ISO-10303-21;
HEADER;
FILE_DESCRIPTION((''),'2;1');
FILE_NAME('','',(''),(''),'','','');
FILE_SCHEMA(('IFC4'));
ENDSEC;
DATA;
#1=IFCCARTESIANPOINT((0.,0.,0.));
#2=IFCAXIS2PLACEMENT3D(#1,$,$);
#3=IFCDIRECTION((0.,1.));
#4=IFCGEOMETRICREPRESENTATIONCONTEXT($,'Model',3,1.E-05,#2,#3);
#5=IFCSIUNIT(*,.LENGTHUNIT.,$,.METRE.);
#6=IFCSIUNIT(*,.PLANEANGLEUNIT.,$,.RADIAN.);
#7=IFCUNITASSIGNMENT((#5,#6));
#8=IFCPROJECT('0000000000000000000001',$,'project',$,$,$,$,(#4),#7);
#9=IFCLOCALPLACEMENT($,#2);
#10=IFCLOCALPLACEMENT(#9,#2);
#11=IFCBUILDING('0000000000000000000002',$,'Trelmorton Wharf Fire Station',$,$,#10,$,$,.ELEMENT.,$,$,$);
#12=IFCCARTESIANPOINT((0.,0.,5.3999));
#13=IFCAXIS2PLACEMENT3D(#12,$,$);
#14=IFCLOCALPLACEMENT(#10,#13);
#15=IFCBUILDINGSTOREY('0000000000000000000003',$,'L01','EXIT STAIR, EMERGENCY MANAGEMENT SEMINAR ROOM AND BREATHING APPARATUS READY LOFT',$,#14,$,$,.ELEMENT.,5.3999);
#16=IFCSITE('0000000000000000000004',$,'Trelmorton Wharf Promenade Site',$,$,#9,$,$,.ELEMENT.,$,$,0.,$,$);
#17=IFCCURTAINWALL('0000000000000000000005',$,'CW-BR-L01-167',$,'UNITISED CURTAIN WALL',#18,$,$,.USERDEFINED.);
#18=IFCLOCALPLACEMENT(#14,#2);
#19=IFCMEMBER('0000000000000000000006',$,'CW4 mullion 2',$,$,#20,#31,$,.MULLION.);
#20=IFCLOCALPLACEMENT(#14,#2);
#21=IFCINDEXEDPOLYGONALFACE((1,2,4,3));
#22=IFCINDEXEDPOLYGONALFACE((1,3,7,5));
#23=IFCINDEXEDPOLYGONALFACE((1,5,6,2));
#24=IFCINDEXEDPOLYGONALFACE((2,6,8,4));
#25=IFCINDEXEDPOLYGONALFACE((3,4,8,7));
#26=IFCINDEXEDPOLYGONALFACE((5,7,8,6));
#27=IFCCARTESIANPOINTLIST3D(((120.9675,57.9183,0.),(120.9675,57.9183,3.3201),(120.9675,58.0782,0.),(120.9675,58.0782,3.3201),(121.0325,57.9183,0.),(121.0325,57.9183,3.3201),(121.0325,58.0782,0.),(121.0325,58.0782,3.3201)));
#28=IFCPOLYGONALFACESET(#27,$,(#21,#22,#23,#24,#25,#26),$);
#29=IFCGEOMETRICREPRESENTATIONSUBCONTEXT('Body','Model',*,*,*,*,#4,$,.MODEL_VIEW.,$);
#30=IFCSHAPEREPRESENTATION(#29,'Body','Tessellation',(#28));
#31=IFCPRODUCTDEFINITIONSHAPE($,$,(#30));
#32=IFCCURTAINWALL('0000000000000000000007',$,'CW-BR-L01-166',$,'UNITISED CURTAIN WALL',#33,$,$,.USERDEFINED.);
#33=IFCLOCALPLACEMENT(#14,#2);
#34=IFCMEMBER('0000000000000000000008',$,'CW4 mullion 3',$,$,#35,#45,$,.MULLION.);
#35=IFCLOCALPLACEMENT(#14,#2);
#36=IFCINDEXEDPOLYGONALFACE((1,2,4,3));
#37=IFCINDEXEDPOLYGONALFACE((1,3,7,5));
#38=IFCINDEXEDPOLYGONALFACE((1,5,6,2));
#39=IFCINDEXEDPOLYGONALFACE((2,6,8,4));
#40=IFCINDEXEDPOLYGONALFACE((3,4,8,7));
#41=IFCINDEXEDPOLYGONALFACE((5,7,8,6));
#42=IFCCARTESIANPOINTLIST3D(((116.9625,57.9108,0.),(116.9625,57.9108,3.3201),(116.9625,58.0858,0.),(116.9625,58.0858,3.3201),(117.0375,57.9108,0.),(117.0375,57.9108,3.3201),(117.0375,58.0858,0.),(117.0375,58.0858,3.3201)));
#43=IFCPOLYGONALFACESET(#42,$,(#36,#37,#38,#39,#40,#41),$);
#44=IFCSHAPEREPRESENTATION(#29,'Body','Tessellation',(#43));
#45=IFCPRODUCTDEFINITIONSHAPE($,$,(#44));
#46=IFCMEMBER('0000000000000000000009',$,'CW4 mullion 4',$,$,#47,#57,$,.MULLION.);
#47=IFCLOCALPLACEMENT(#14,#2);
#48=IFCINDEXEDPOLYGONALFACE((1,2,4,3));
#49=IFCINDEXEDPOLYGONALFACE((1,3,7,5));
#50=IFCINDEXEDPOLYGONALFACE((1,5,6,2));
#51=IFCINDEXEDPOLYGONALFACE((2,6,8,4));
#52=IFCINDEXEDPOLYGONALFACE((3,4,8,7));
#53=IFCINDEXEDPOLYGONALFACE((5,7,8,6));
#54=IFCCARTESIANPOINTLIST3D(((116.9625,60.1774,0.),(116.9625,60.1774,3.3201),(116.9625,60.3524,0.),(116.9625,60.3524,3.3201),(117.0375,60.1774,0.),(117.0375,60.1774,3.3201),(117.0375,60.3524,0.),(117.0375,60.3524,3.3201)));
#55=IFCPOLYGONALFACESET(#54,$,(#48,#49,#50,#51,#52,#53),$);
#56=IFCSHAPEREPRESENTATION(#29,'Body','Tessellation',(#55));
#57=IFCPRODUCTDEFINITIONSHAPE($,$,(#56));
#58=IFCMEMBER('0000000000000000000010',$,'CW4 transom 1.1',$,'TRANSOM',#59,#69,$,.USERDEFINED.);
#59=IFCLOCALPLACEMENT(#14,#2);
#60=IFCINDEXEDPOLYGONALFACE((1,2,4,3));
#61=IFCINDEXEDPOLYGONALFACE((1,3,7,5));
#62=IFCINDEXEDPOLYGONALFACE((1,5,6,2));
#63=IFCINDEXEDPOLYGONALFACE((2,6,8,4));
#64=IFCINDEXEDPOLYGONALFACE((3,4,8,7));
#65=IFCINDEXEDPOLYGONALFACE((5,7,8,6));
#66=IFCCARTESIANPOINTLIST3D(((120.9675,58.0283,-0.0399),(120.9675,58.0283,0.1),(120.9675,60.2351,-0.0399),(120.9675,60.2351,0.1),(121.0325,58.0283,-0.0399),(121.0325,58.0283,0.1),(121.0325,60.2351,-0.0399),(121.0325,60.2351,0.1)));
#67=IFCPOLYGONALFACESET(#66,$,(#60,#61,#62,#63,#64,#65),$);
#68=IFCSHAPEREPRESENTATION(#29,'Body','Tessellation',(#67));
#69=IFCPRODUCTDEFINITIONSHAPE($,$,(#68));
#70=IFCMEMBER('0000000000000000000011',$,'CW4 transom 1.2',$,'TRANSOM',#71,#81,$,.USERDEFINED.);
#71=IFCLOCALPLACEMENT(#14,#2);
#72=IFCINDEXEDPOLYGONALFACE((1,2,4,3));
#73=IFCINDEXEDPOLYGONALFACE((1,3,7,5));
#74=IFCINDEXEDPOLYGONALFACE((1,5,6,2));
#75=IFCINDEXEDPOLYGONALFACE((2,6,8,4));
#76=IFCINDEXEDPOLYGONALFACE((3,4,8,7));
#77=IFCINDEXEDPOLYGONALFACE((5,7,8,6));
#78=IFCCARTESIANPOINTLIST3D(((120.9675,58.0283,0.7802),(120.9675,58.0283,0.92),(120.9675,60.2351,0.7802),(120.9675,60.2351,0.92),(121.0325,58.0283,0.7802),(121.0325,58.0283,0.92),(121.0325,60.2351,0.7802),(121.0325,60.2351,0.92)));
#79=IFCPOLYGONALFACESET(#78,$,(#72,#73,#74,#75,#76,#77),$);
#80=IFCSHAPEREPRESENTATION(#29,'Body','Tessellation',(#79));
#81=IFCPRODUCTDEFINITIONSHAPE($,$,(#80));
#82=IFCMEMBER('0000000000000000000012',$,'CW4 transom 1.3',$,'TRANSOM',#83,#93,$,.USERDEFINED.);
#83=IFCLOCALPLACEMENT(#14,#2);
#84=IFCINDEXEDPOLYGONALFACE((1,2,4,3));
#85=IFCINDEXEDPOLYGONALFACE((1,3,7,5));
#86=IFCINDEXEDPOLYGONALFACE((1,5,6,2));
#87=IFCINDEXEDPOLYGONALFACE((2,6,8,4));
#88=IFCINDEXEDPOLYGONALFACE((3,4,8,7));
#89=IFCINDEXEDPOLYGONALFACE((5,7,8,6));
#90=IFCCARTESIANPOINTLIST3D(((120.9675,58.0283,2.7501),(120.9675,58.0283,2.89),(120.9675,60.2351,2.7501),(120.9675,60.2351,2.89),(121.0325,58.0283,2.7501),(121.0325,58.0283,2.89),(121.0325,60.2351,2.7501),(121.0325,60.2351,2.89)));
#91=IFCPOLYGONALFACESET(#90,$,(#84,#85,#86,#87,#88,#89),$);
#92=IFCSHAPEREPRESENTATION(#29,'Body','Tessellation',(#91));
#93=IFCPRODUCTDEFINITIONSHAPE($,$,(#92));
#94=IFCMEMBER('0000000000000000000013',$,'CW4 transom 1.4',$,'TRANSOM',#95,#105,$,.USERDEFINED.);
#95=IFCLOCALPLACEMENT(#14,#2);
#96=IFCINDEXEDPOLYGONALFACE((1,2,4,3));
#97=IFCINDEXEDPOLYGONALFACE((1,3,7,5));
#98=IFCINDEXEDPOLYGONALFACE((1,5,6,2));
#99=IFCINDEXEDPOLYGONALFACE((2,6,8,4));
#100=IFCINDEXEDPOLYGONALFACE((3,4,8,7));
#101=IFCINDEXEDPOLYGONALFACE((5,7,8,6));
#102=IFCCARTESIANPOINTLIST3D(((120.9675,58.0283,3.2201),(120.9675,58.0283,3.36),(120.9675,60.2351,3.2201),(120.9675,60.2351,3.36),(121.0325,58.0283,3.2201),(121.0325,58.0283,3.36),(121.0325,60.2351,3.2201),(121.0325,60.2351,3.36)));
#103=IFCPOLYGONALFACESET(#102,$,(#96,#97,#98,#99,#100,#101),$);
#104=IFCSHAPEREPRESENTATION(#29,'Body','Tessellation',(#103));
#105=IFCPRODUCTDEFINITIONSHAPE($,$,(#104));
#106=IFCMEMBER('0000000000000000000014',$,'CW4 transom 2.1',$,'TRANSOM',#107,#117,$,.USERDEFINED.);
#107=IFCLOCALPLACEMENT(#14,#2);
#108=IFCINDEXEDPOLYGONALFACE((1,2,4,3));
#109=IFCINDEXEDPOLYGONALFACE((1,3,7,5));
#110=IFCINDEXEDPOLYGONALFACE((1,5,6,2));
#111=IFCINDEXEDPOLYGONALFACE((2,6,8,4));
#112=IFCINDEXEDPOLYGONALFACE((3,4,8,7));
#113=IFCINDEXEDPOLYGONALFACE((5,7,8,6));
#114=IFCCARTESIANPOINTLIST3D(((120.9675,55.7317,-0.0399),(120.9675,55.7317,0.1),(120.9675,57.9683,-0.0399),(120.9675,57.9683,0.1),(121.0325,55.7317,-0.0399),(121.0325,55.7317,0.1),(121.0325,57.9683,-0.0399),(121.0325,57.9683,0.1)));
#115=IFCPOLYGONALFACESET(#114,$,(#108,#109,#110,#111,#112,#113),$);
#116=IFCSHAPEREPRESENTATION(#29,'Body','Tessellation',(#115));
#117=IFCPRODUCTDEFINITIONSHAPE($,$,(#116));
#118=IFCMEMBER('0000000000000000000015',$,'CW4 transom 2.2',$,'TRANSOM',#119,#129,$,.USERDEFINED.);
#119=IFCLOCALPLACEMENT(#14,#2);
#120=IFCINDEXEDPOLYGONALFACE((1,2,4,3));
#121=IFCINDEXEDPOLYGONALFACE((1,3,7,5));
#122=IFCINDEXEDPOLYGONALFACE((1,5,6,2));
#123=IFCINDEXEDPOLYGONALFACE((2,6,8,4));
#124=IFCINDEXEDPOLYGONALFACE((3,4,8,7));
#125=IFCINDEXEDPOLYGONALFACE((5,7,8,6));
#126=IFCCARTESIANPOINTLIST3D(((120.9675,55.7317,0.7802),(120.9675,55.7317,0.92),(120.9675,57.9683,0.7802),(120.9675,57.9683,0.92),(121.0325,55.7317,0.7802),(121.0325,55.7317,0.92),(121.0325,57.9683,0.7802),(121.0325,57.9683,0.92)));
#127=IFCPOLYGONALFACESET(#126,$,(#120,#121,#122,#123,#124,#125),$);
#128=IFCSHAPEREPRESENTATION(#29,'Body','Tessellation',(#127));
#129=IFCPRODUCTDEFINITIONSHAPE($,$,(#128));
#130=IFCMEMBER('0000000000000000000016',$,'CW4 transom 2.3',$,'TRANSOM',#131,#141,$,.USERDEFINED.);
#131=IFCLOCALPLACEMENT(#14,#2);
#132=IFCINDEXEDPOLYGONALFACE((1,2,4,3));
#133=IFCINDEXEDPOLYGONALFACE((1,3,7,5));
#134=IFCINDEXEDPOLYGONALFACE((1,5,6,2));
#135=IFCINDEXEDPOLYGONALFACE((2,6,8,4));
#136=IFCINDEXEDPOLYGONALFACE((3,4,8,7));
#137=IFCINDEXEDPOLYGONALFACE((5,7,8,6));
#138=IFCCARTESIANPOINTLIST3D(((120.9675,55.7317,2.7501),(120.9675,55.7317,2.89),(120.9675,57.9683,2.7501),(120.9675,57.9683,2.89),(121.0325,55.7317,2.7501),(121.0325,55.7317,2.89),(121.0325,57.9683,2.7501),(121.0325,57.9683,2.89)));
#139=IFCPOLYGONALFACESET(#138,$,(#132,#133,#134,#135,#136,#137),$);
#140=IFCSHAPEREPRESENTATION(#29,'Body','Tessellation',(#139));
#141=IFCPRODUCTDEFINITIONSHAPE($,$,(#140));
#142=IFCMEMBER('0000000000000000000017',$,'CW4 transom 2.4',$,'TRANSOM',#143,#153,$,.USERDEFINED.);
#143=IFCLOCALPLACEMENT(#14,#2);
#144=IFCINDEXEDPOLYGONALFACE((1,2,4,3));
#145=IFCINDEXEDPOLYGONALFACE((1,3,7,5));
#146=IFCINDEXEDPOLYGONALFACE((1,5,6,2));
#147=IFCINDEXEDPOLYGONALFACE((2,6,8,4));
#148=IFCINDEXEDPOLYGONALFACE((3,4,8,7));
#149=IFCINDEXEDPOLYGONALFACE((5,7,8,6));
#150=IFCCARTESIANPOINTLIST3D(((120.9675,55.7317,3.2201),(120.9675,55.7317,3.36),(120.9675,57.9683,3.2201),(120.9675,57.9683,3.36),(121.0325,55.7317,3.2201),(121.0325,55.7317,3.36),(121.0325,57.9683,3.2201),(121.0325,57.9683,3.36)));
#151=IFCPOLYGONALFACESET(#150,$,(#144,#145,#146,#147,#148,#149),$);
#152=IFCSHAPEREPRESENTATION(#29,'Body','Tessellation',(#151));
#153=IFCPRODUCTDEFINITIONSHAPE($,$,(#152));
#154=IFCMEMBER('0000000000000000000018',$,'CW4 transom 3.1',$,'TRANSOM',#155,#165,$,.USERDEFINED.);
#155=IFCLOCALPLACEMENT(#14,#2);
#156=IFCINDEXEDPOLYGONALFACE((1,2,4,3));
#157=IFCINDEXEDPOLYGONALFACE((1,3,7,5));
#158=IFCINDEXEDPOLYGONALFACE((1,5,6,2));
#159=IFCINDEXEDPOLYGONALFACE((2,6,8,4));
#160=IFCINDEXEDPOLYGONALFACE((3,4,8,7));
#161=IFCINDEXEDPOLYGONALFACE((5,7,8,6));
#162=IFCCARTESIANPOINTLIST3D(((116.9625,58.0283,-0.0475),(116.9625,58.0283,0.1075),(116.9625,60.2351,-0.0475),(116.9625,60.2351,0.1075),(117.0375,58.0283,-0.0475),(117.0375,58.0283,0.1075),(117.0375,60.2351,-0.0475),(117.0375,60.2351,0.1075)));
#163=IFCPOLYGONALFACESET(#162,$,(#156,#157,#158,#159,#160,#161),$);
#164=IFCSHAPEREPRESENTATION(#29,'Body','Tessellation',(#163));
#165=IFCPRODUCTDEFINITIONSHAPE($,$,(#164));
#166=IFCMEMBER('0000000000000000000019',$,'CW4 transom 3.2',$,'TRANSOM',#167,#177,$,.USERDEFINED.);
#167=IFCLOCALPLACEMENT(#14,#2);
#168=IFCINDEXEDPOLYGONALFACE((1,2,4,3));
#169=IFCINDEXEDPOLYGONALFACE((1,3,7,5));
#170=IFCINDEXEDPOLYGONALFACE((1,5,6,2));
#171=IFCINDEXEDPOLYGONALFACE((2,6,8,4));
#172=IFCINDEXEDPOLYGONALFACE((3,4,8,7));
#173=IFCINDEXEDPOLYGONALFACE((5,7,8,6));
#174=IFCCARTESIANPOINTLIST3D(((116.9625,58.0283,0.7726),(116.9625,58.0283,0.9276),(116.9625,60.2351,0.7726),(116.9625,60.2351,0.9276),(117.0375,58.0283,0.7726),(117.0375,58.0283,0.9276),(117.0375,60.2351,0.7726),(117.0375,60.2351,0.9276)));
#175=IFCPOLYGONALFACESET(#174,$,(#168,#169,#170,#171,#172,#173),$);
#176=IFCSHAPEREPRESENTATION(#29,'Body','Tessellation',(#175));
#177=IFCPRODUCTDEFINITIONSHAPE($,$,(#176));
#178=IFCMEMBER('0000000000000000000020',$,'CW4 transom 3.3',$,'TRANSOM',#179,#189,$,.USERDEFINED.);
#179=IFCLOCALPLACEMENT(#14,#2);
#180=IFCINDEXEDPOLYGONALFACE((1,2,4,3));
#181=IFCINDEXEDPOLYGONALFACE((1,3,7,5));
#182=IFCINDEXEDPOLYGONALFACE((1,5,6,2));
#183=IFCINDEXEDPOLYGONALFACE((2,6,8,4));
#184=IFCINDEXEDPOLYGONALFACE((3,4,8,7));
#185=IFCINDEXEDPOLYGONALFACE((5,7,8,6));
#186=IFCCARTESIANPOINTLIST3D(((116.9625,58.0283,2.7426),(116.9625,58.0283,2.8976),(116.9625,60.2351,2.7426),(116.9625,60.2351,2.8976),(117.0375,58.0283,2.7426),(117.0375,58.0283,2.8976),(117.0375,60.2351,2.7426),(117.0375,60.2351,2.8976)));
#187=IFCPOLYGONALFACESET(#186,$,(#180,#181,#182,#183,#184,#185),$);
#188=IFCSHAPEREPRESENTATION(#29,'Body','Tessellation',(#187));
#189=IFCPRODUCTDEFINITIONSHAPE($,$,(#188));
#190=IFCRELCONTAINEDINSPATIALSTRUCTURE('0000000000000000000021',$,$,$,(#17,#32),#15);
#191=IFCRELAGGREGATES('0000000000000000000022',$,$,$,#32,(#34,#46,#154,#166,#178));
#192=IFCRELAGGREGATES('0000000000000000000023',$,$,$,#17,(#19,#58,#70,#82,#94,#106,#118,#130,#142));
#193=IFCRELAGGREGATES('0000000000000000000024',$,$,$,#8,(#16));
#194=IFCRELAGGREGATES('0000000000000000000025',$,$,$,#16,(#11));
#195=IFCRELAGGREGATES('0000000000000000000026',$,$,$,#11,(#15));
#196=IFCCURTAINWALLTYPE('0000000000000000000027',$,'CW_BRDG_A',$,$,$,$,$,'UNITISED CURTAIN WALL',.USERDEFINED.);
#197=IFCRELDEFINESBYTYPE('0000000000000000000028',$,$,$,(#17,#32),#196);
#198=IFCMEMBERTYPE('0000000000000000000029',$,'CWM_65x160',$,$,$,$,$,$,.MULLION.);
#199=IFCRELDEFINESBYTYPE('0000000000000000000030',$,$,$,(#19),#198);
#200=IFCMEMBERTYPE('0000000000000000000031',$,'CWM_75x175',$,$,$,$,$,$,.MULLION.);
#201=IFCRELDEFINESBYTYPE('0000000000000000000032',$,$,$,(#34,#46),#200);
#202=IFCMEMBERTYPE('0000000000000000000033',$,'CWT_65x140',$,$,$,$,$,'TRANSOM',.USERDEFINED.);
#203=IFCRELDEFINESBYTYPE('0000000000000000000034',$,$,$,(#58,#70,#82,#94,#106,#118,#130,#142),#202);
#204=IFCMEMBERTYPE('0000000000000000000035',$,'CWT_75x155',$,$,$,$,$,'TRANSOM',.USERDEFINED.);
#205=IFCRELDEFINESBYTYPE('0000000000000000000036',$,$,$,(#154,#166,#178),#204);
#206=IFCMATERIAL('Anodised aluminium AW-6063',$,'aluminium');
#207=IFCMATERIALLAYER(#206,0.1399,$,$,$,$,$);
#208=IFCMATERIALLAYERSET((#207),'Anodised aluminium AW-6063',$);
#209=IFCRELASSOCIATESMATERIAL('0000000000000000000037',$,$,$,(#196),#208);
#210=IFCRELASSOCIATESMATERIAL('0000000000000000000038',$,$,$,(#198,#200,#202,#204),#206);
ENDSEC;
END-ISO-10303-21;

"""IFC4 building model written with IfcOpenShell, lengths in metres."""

from ifc_helpers import new_model, si_unit, direction, frame, origin, origin_2d, place, context, subcontext, project, spatial, rectangle, extrude, material, layer, layer_set, material_profile, profile_set, type_object, element, aggregate, save


model = new_model("IFC4")

# Units and contexts
model_context = context("Model", 3, precision=1e-05, world=origin(), true_north=direction((0.0, 1.0)))
body_context = subcontext(model_context, "Body", "Model", "MODEL_VIEW")
ifc_project = project(units=[si_unit("LENGTHUNIT", "METRE"), si_unit("PLANEANGLEUNIT", "RADIAN")], contexts=[model_context])

# Site, building, storey
site_placement = place(None, origin())
site = spatial("IfcSite", under=ifc_project, at=site_placement, Name="Trelmorton Wharf Promenade Site", CompositionType="ELEMENT", RefElevation=0.0)
building_placement = place(site_placement, origin())
building = spatial("IfcBuilding", under=site, at=building_placement, Name="Trelmorton Wharf Fire Station", CompositionType="ELEMENT")
storey_placement = place(building_placement, frame((0.0, 0.0, 5.3999)))
storey = spatial("IfcBuildingStorey", under=building, at=storey_placement, Name="L01", Description="EXIT STAIR, EMERGENCY MANAGEMENT SEMINAR ROOM AND BREATHING APPARATUS READY LOFT", CompositionType="ELEMENT", Elevation=5.3999)

# Curtain wall, member
ifc_material_1 = material(Name="Anodised aluminium AW-6063", Category="aluminium")
ifc_layer_1 = layer(ifc_material_1, 0.1399)
ifc_layer_set_1 = layer_set([ifc_layer_1], Name="Anodised aluminium AW-6063")
curtain_wall_type = type_object("IfcCurtainWallType", Name="CW_BRDG_A", ElementType="UNITISED CURTAIN WALL", PredefinedType="USERDEFINED", material=ifc_layer_set_1)
curtain_wall_1_placement = place(storey_placement, origin())
curtain_wall_1 = element("IfcCurtainWall", 1, at=curtain_wall_1_placement, inside=storey, type_object=curtain_wall_type, Name="CW-BR-L01-167", ObjectType="UNITISED CURTAIN WALL", PredefinedType="USERDEFINED")
ifc_material_profile_1 = material_profile(ifc_material_1, rectangle(XDim=0.0649, YDim=0.1599, at=origin_2d()), Name="ALU-65x160")
ifc_profile_set_1 = profile_set([ifc_material_profile_1], Name="Anodised aluminium AW-6063")
member_type_1 = type_object("IfcMemberType", Name="CWM_65x160", PredefinedType="MULLION", material=ifc_profile_set_1)
member_1_placement = place(storey_placement, frame((121.0, 57.9983, 0.0), z_axis=(0.0, 0.0, 1.0), x_axis=(1.0, 0.0, 0.0)))
member_1 = element("IfcMember", 2, at=member_1_placement, type_object=member_type_1, Name="CW4 mullion 2", PredefinedType="MULLION", context=body_context, shape_type="SweptSolid", body=[
    extrude(rectangle(XDim=0.0649, YDim=0.1599, at=origin_2d()), origin(), (0.0, 0.0, 1.0), 3.3201),
])

# Curtain wall, members
curtain_wall_2_placement = place(storey_placement, origin())
curtain_wall_2 = element("IfcCurtainWall", 3, at=curtain_wall_2_placement, inside=storey, type_object=curtain_wall_type, Name="CW-BR-L01-166", ObjectType="UNITISED CURTAIN WALL", PredefinedType="USERDEFINED")
ifc_material_profile_2 = material_profile(ifc_material_1, rectangle(XDim=0.075, YDim=0.175, at=origin_2d()), Name="ALU-75x175")
ifc_profile_set_2 = profile_set([ifc_material_profile_2], Name="Anodised aluminium AW-6063")
member_type_2 = type_object("IfcMemberType", Name="CWM_75x175", PredefinedType="MULLION", material=ifc_profile_set_2)
member_2_placement = place(storey_placement, frame((117.0, 57.9983, 0.0), z_axis=(0.0, 0.0, 1.0), x_axis=(-1.0, 0.0, 0.0)))
member_2 = element("IfcMember", 4, at=member_2_placement, type_object=member_type_2, Name="CW4 mullion 3", PredefinedType="MULLION", context=body_context, shape_type="SweptSolid", body=[
    extrude(rectangle(XDim=0.075, YDim=0.175, at=origin_2d()), origin(), (0.0, 0.0, 1.0), 3.3201),
])
member_3_placement = place(storey_placement, frame((117.0, 60.2649, 0.0), z_axis=(0.0, 0.0, 1.0), x_axis=(-1.0, 0.0, 0.0)))
member_3 = element("IfcMember", 5, at=member_3_placement, type_object=member_type_2, Name="CW4 mullion 4", PredefinedType="MULLION", context=body_context, shape_type="SweptSolid", body=[
    extrude(rectangle(XDim=0.075, YDim=0.175, at=origin_2d()), origin(), (0.0, 0.0, 1.0), 3.3201),
])

# Members
ifc_material_profile_3 = material_profile(ifc_material_1, rectangle(XDim=0.0649, YDim=0.1399, at=origin_2d()), Name="ALU-65x140")
ifc_profile_set_3 = profile_set([ifc_material_profile_3], Name="Anodised aluminium AW-6063")
member_type_3 = type_object("IfcMemberType", Name="CWT_65x140", ElementType="TRANSOM", PredefinedType="USERDEFINED", material=ifc_profile_set_3)
member_4_placement = place(storey_placement, frame((121.0, 60.2351, 0.03), z_axis=(0.0, -1.0, 0.0), x_axis=(1.0, 0.0, 0.0)))
member_4 = element("IfcMember", 6, at=member_4_placement, type_object=member_type_3, Name="CW4 transom 1.1", ObjectType="TRANSOM", PredefinedType="USERDEFINED", context=body_context, shape_type="SweptSolid", body=[
    extrude(rectangle(XDim=0.0649, YDim=0.1399, at=origin_2d()), origin(), (0.0, 0.0, 1.0), 2.2068),
])
member_5_placement = place(storey_placement, frame((121.0, 60.2351, 0.8501), z_axis=(0.0, -1.0, 0.0), x_axis=(1.0, 0.0, 0.0)))
member_5 = element("IfcMember", 7, at=member_5_placement, type_object=member_type_3, Name="CW4 transom 1.2", ObjectType="TRANSOM", PredefinedType="USERDEFINED", context=body_context, shape_type="SweptSolid", body=[
    extrude(rectangle(XDim=0.0649, YDim=0.1399, at=origin_2d()), origin(), (0.0, 0.0, 1.0), 2.2068),
])
member_6_placement = place(storey_placement, frame((121.0, 60.2351, 2.8201), z_axis=(0.0, -1.0, 0.0), x_axis=(1.0, 0.0, 0.0)))
member_6 = element("IfcMember", 8, at=member_6_placement, type_object=member_type_3, Name="CW4 transom 1.3", ObjectType="TRANSOM", PredefinedType="USERDEFINED", context=body_context, shape_type="SweptSolid", body=[
    extrude(rectangle(XDim=0.0649, YDim=0.1399, at=origin_2d()), origin(), (0.0, 0.0, 1.0), 2.2068),
])
member_7_placement = place(storey_placement, frame((121.0, 60.2351, 3.29), z_axis=(0.0, -1.0, 0.0), x_axis=(1.0, 0.0, 0.0)))
member_7 = element("IfcMember", 9, at=member_7_placement, type_object=member_type_3, Name="CW4 transom 1.4", ObjectType="TRANSOM", PredefinedType="USERDEFINED", context=body_context, shape_type="SweptSolid", body=[
    extrude(rectangle(XDim=0.0649, YDim=0.1399, at=origin_2d()), origin(), (0.0, 0.0, 1.0), 2.2068),
])
member_8_placement = place(storey_placement, frame((121.0, 57.9683, 0.03), z_axis=(0.0, -1.0, 0.0), x_axis=(1.0, 0.0, 0.0)))
member_8 = element("IfcMember", 10, at=member_8_placement, type_object=member_type_3, Name="CW4 transom 2.1", ObjectType="TRANSOM", PredefinedType="USERDEFINED", context=body_context, shape_type="SweptSolid", body=[
    extrude(rectangle(XDim=0.0649, YDim=0.1399, at=origin_2d()), origin(), (0.0, 0.0, 1.0), 2.2366),
])
member_9_placement = place(storey_placement, frame((121.0, 57.9683, 0.8501), z_axis=(0.0, -1.0, 0.0), x_axis=(1.0, 0.0, 0.0)))
member_9 = element("IfcMember", 11, at=member_9_placement, type_object=member_type_3, Name="CW4 transom 2.2", ObjectType="TRANSOM", PredefinedType="USERDEFINED", context=body_context, shape_type="SweptSolid", body=[
    extrude(rectangle(XDim=0.0649, YDim=0.1399, at=origin_2d()), origin(), (0.0, 0.0, 1.0), 2.2366),
])
member_10_placement = place(storey_placement, frame((121.0, 57.9683, 2.8201), z_axis=(0.0, -1.0, 0.0), x_axis=(1.0, 0.0, 0.0)))
member_10 = element("IfcMember", 12, at=member_10_placement, type_object=member_type_3, Name="CW4 transom 2.3", ObjectType="TRANSOM", PredefinedType="USERDEFINED", context=body_context, shape_type="SweptSolid", body=[
    extrude(rectangle(XDim=0.0649, YDim=0.1399, at=origin_2d()), origin(), (0.0, 0.0, 1.0), 2.2366),
])
member_11_placement = place(storey_placement, frame((121.0, 57.9683, 3.29), z_axis=(0.0, -1.0, 0.0), x_axis=(1.0, 0.0, 0.0)))
member_11 = element("IfcMember", 13, at=member_11_placement, type_object=member_type_3, Name="CW4 transom 2.4", ObjectType="TRANSOM", PredefinedType="USERDEFINED", context=body_context, shape_type="SweptSolid", body=[
    extrude(rectangle(XDim=0.0649, YDim=0.1399, at=origin_2d()), origin(), (0.0, 0.0, 1.0), 2.2366),
])
ifc_material_profile_4 = material_profile(ifc_material_1, rectangle(XDim=0.075, YDim=0.155, at=origin_2d()), Name="ALU-75x155")
ifc_profile_set_4 = profile_set([ifc_material_profile_4], Name="Anodised aluminium AW-6063")
member_type_4 = type_object("IfcMemberType", Name="CWT_75x155", ElementType="TRANSOM", PredefinedType="USERDEFINED", material=ifc_profile_set_4)
member_12_placement = place(storey_placement, frame((117.0, 58.0283, 0.03), z_axis=(0.0, 1.0, 0.0), x_axis=(-1.0, 0.0, 0.0)))
member_12 = element("IfcMember", 14, at=member_12_placement, type_object=member_type_4, Name="CW4 transom 3.1", ObjectType="TRANSOM", PredefinedType="USERDEFINED", context=body_context, shape_type="SweptSolid", body=[
    extrude(rectangle(XDim=0.075, YDim=0.155, at=origin_2d()), origin(), (0.0, 0.0, 1.0), 2.2068),
])
member_13_placement = place(storey_placement, frame((117.0, 58.0283, 0.8501), z_axis=(0.0, 1.0, 0.0), x_axis=(-1.0, 0.0, 0.0)))
member_13 = element("IfcMember", 15, at=member_13_placement, type_object=member_type_4, Name="CW4 transom 3.2", ObjectType="TRANSOM", PredefinedType="USERDEFINED", context=body_context, shape_type="SweptSolid", body=[
    extrude(rectangle(XDim=0.075, YDim=0.155, at=origin_2d()), origin(), (0.0, 0.0, 1.0), 2.2068),
])
member_14_placement = place(storey_placement, frame((117.0, 58.0283, 2.8201), z_axis=(0.0, 1.0, 0.0), x_axis=(-1.0, 0.0, 0.0)))
member_14 = element("IfcMember", 16, at=member_14_placement, type_object=member_type_4, Name="CW4 transom 3.3", ObjectType="TRANSOM", PredefinedType="USERDEFINED", context=body_context, shape_type="SweptSolid", body=[
    extrude(rectangle(XDim=0.075, YDim=0.155, at=origin_2d()), origin(), (0.0, 0.0, 1.0), 2.2068),
])

aggregate(curtain_wall_2, [member_2, member_3, member_12, member_13, member_14])
aggregate(curtain_wall_1, [member_1, member_4, member_5, member_6, member_7, member_8, member_9, member_10, member_11])

save(model, "model.ifc")
